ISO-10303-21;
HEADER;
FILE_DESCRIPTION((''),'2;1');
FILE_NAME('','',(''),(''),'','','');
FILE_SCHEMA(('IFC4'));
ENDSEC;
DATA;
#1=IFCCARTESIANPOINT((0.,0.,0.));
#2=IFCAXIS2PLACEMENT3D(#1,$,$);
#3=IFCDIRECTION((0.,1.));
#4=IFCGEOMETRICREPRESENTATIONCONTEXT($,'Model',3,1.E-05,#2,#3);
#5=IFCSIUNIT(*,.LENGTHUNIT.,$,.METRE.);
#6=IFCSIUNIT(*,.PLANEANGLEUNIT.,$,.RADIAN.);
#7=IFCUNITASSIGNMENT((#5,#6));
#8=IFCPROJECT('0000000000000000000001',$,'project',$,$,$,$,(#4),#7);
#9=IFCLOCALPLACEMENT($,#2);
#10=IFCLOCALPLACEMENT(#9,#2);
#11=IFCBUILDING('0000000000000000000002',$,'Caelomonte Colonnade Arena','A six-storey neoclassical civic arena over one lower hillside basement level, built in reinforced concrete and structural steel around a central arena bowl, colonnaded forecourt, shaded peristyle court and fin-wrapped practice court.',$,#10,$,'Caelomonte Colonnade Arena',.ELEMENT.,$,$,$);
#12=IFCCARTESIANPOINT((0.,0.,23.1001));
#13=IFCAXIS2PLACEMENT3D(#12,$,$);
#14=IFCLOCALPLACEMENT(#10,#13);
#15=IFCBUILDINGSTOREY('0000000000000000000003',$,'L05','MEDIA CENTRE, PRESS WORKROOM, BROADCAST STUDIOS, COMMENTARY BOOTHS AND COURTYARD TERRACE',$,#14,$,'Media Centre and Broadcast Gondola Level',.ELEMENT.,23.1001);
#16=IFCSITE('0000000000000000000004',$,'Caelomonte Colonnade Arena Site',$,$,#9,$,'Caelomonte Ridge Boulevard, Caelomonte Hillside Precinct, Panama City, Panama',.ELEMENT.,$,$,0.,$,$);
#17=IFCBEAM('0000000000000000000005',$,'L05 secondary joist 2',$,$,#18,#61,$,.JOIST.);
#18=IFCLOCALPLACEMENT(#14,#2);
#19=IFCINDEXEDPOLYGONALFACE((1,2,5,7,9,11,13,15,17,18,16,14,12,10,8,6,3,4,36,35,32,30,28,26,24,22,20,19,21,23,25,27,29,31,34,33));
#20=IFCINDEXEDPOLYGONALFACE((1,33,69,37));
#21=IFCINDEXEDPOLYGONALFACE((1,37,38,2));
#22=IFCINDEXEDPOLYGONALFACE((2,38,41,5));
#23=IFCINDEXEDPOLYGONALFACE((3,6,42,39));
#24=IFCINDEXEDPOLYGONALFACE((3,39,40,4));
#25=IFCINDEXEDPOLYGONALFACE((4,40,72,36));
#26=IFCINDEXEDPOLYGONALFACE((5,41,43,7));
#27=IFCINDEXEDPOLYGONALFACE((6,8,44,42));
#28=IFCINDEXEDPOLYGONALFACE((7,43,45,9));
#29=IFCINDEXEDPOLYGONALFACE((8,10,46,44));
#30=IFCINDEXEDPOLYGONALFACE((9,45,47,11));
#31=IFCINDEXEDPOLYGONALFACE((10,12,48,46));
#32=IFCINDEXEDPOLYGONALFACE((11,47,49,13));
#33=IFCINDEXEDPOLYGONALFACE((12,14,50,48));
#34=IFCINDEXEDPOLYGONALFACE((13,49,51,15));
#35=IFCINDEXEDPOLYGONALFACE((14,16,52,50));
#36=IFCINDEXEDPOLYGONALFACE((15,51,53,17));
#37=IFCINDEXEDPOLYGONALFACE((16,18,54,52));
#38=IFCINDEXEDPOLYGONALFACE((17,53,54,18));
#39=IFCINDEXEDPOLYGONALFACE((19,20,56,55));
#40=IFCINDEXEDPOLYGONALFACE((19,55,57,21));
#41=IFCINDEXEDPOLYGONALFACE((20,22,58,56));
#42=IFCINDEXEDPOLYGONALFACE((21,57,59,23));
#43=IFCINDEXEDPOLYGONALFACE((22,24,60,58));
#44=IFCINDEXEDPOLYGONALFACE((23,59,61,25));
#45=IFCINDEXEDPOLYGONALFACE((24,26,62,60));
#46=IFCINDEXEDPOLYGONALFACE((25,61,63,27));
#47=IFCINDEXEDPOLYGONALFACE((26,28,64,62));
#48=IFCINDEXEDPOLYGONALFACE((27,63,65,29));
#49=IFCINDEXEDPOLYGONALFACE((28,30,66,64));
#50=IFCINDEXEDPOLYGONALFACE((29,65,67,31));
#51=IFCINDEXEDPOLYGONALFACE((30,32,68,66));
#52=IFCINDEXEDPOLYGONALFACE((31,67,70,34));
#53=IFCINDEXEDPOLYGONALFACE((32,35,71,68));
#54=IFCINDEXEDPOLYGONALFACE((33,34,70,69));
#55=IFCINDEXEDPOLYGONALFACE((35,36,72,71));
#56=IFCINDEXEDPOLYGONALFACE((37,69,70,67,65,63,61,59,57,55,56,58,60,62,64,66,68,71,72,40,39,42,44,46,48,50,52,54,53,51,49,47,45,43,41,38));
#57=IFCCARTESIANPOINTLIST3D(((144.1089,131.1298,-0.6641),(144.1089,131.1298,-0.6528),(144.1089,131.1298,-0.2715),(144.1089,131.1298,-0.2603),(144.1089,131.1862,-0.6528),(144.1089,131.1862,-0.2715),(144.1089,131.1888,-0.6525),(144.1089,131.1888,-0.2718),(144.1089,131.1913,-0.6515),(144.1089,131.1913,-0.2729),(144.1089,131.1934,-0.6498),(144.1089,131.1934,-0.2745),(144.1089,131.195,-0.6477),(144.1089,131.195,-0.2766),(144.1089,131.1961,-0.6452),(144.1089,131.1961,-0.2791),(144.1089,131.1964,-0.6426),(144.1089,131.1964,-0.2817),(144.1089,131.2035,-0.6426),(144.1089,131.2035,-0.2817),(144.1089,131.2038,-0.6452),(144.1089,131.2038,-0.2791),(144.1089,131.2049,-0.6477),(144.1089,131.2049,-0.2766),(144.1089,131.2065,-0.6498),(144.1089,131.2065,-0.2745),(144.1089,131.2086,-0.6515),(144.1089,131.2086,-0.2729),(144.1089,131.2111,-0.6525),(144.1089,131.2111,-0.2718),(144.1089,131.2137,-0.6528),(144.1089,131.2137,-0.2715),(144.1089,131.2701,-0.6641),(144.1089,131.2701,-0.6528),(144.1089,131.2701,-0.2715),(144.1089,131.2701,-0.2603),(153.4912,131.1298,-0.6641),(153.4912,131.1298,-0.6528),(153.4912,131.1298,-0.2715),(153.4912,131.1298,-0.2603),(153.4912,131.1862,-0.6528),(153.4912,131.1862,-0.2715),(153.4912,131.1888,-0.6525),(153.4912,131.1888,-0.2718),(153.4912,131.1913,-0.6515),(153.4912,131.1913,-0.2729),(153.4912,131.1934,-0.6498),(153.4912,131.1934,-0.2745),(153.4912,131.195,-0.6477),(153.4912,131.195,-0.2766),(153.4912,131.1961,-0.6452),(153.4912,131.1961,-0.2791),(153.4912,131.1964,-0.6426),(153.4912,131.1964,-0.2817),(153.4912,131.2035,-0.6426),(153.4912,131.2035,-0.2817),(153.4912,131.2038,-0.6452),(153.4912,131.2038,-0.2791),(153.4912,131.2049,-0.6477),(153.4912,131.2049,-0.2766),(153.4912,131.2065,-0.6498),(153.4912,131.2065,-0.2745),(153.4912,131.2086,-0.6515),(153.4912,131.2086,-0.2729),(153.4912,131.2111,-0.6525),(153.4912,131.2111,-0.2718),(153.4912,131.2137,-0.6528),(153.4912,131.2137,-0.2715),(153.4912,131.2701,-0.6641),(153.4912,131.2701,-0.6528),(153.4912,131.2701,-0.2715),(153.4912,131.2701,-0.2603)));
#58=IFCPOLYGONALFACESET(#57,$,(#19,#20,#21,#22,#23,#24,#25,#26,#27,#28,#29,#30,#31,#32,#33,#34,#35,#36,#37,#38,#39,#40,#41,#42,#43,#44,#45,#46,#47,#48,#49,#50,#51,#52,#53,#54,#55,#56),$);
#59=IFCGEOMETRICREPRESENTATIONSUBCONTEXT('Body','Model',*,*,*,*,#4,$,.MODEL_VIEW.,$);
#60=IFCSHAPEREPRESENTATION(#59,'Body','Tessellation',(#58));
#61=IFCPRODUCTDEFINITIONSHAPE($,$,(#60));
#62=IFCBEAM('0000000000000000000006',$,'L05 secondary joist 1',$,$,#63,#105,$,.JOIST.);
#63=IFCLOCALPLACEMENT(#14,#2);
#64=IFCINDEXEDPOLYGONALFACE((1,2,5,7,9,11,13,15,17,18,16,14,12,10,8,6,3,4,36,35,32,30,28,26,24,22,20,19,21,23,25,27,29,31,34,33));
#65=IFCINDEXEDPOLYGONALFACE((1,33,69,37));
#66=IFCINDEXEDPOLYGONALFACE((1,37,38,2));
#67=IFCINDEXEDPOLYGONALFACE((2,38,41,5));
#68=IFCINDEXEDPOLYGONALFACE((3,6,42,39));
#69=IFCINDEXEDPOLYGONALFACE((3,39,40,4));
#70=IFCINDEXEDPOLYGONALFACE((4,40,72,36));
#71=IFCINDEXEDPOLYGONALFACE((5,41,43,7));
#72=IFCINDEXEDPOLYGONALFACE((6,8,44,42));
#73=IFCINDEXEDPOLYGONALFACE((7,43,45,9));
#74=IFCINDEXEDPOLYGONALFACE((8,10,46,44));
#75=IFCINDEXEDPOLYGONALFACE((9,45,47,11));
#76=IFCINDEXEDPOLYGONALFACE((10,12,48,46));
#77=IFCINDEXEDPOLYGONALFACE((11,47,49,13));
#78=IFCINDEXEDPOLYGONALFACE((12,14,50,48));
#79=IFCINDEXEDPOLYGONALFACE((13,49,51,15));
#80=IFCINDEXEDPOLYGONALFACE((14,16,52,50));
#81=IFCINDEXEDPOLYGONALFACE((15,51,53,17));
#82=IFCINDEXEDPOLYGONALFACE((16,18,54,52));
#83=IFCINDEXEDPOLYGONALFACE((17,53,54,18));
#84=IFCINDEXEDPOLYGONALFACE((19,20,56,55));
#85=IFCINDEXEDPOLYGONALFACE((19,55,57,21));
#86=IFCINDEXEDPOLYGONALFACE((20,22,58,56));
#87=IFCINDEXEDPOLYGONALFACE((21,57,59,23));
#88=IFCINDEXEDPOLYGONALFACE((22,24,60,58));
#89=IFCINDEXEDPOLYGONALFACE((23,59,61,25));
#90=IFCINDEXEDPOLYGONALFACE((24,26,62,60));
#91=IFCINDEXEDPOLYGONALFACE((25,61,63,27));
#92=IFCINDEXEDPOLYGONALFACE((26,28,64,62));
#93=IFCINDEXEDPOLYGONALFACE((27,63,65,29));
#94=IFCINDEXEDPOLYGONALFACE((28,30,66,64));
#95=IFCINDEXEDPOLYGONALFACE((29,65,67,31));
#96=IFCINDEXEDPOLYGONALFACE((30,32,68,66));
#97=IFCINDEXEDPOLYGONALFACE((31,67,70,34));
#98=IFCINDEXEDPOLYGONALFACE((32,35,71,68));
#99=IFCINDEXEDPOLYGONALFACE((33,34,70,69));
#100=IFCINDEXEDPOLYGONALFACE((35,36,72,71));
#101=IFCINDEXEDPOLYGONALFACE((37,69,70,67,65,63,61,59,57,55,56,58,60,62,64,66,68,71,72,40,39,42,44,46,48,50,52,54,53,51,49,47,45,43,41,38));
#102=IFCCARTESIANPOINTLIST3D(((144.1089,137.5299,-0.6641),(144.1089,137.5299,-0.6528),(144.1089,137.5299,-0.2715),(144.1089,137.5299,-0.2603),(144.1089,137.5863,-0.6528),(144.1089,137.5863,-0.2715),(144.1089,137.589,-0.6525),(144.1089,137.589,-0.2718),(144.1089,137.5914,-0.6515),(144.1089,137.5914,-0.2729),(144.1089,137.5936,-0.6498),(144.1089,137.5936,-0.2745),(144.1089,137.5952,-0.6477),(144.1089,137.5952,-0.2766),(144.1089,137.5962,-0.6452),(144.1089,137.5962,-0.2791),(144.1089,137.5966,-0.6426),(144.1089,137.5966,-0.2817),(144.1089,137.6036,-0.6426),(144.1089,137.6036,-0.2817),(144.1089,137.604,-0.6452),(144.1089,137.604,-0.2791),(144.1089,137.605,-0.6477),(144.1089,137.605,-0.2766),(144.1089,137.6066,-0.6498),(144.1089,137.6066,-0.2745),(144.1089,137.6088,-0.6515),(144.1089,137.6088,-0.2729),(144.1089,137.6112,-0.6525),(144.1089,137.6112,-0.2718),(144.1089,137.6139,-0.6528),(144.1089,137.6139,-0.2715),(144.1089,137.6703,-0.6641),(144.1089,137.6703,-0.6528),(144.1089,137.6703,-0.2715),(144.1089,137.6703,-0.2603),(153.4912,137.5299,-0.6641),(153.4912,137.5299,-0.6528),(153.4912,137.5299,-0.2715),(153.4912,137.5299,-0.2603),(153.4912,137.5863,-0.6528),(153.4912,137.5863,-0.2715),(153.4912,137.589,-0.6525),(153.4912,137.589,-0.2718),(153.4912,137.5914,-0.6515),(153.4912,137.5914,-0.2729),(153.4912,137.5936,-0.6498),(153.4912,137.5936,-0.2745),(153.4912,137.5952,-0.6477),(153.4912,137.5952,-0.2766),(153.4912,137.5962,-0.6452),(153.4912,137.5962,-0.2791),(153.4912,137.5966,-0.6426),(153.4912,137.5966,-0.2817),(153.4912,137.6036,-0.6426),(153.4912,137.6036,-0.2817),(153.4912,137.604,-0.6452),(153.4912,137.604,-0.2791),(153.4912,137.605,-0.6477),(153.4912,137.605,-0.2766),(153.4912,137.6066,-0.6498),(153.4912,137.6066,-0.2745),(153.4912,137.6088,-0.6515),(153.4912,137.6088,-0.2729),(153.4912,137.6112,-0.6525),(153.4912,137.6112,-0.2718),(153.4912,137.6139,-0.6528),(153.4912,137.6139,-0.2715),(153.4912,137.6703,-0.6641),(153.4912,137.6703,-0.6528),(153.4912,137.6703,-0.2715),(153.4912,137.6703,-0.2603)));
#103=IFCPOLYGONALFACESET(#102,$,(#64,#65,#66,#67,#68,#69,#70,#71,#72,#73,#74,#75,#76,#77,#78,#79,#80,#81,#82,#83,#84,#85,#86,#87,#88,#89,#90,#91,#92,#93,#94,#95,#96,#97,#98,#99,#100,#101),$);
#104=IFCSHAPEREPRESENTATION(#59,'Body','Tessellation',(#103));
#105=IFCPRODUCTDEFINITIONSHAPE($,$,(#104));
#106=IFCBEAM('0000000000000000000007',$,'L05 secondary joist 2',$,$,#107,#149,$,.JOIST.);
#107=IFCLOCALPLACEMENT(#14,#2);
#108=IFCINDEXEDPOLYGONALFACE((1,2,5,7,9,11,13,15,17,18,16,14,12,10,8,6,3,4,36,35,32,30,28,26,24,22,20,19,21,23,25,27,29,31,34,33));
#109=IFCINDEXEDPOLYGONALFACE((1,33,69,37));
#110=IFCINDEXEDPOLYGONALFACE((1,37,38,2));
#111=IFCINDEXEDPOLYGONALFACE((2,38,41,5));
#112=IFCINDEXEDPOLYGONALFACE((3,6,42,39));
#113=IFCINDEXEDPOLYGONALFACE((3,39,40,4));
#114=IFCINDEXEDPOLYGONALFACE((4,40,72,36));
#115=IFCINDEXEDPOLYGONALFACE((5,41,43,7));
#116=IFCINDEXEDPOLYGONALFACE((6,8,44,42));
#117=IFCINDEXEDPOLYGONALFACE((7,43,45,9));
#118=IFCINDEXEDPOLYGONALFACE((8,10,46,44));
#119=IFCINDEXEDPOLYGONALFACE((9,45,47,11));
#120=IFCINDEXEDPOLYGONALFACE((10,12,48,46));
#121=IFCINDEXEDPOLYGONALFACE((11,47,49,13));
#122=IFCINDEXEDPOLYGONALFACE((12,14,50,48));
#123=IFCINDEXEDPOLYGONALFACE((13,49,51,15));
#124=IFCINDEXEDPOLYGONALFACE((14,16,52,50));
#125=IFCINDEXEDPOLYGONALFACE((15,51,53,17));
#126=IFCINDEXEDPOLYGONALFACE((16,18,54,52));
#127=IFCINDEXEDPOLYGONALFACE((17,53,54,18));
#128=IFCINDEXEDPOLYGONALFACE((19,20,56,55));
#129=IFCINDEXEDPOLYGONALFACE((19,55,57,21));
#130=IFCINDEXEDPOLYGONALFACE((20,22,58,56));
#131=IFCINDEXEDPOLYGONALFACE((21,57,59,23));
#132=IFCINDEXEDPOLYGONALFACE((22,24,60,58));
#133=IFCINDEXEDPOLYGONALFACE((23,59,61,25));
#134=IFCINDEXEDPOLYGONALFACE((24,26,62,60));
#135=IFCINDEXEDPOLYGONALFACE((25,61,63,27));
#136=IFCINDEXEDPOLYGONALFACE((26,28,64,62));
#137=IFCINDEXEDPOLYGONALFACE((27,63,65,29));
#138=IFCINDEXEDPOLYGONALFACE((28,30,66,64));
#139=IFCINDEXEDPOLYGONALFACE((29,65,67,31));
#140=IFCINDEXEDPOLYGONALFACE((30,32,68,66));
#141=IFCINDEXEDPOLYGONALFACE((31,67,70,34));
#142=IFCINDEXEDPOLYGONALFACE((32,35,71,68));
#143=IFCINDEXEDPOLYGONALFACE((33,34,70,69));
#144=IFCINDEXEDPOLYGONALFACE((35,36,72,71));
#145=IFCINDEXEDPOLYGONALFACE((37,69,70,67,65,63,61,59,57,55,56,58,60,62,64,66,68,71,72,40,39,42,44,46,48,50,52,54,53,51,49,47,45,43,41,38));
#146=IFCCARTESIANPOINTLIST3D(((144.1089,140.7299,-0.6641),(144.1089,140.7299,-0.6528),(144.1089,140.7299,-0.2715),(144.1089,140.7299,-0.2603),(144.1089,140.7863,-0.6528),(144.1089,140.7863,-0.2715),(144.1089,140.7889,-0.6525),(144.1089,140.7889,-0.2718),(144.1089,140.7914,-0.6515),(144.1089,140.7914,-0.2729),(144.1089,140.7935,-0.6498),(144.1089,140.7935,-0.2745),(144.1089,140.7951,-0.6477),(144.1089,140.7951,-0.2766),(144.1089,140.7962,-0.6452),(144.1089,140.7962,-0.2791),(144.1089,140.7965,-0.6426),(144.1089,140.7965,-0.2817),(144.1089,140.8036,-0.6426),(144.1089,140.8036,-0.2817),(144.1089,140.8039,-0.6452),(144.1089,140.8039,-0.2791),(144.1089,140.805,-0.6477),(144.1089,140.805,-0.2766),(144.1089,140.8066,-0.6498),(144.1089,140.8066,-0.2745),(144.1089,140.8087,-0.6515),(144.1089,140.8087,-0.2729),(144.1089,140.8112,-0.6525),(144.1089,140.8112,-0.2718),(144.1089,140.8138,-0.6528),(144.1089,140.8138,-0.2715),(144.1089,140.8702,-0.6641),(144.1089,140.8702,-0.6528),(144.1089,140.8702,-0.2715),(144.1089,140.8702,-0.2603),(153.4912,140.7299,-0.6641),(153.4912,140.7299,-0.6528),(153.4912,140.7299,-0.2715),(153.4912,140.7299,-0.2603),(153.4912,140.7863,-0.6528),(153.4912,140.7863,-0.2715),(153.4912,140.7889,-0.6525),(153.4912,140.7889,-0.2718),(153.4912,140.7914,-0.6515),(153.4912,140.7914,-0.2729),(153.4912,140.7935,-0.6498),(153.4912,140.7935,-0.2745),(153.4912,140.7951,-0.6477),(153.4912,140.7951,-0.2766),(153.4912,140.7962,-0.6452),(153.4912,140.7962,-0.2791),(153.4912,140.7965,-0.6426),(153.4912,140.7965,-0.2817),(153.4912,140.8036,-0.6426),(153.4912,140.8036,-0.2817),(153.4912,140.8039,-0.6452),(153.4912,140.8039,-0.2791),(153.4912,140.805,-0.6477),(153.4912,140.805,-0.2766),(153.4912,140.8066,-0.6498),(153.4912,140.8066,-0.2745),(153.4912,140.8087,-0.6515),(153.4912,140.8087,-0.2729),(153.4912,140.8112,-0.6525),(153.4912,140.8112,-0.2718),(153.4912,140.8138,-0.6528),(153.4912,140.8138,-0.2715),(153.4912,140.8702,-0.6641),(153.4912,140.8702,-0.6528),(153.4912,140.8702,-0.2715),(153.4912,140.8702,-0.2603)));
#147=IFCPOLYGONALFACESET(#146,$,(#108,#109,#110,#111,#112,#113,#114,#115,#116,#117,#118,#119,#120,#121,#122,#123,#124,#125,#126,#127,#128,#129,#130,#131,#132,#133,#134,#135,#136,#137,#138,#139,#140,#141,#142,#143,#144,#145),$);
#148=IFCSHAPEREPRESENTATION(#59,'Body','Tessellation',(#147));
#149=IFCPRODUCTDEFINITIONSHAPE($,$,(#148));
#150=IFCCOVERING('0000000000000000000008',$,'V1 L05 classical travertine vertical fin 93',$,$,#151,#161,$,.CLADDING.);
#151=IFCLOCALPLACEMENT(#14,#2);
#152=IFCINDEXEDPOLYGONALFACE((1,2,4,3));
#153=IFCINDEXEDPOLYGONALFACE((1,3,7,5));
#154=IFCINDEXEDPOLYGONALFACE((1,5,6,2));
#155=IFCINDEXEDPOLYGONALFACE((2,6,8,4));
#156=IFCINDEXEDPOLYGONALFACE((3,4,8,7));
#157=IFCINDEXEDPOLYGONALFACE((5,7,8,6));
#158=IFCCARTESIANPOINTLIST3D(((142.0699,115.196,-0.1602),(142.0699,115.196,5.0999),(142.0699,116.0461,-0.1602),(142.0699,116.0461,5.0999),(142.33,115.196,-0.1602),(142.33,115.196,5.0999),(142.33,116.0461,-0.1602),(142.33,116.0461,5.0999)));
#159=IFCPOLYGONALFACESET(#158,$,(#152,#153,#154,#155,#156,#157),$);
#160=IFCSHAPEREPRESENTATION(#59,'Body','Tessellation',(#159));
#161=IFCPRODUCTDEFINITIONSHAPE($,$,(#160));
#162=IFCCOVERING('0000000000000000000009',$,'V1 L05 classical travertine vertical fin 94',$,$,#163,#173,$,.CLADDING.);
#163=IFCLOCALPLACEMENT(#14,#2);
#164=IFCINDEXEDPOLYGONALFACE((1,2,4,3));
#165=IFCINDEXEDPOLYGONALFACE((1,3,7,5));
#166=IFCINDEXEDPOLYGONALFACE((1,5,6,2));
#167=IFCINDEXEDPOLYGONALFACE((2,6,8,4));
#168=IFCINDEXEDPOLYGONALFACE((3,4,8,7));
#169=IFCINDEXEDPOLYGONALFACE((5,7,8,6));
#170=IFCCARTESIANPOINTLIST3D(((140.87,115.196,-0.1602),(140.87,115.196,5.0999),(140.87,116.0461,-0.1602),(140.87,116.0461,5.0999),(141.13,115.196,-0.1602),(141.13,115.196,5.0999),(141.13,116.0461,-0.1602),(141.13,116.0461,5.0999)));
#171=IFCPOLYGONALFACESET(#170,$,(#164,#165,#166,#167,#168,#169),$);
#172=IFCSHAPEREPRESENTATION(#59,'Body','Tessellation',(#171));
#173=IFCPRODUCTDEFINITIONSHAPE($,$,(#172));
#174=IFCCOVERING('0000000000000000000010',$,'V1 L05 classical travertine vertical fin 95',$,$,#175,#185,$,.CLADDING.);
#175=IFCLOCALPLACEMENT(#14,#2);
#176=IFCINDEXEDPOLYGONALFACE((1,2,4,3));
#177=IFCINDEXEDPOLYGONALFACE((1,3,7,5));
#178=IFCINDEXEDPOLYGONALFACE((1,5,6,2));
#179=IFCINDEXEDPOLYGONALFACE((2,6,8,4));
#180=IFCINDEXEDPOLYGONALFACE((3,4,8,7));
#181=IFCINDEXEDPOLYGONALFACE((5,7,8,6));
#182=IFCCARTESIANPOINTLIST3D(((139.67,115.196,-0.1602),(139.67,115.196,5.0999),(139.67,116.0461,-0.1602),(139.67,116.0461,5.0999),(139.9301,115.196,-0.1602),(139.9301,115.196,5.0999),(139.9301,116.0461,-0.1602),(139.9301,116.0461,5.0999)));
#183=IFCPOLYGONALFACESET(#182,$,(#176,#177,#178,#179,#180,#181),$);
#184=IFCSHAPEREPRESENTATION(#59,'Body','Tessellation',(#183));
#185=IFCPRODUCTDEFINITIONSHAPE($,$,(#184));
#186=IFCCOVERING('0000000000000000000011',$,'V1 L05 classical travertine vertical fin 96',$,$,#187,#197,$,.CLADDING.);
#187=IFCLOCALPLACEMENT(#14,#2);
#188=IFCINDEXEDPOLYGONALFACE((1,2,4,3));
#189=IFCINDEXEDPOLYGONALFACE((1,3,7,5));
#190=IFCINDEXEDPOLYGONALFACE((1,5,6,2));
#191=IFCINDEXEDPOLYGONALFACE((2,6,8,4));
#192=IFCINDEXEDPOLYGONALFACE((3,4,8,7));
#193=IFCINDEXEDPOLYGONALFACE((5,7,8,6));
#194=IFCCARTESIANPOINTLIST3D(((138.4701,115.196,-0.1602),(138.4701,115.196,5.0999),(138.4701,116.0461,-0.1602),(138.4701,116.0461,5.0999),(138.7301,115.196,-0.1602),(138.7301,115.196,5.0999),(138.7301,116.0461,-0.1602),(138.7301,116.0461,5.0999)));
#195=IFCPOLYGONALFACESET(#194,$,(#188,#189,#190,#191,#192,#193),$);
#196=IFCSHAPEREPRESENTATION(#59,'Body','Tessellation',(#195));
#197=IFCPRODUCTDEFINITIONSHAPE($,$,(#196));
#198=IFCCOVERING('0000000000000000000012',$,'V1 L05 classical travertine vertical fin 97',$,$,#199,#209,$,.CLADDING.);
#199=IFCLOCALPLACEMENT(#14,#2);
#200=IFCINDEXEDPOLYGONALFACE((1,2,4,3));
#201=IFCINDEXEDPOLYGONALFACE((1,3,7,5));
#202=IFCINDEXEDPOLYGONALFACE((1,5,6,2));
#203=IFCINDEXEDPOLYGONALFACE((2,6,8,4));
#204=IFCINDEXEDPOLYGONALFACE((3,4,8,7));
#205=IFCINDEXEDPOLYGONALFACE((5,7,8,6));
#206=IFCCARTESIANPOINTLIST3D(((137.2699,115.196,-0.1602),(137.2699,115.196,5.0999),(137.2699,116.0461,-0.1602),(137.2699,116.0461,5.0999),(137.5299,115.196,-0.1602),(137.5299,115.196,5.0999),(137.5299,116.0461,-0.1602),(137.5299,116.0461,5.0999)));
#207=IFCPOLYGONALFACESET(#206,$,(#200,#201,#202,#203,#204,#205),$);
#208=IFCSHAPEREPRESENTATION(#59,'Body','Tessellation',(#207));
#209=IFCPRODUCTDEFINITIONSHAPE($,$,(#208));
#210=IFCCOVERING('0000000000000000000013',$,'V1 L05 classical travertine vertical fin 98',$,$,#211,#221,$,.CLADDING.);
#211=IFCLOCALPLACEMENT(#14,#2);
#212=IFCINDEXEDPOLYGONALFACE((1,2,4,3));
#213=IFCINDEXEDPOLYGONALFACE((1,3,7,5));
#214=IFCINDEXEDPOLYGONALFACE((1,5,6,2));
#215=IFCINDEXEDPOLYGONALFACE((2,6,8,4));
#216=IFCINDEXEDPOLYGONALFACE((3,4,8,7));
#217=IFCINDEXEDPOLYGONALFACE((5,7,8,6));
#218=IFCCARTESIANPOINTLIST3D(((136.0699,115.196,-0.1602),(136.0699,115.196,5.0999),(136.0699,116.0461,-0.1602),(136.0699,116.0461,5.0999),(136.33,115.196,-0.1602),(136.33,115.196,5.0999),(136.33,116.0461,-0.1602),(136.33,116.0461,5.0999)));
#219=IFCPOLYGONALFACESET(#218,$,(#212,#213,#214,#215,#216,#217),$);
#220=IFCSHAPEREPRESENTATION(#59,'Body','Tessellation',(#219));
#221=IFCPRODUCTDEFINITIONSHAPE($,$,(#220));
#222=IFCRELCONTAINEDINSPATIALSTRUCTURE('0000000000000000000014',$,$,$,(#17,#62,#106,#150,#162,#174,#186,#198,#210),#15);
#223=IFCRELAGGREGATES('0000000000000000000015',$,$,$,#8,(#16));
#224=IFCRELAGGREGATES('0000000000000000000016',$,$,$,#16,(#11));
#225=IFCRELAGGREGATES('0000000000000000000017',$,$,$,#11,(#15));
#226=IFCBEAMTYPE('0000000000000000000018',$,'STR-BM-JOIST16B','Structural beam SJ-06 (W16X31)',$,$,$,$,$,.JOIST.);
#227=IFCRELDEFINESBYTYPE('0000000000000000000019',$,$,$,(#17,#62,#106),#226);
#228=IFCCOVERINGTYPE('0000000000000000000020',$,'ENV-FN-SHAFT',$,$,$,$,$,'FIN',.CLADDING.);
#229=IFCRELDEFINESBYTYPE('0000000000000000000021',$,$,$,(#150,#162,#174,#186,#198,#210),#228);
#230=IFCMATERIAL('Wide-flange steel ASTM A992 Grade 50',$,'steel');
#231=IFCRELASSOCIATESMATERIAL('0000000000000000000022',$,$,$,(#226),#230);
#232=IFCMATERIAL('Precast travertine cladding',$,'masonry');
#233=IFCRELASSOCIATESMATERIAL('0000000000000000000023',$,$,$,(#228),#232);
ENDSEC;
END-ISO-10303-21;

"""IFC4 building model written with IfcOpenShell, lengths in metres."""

from ifc_helpers import new_model, si_unit, direction, frame, origin, origin_2d, place, context, subcontext, project, spatial, rectangle, i_section, extrude, material, material_profile, profile_set, type_object, element, save


model = new_model("IFC4")

# Units and contexts
model_context = context("Model", 3, precision=1e-05, world=origin(), true_north=direction((0.0, 1.0)))
body_context = subcontext(model_context, "Body", "Model", "MODEL_VIEW")
ifc_project = project(units=[si_unit("LENGTHUNIT", "METRE"), si_unit("PLANEANGLEUNIT", "RADIAN")], contexts=[model_context])

# Site, building, storey
site_placement = place(None, origin())
site = spatial("IfcSite", under=ifc_project, at=site_placement, Name="Caelomonte Colonnade Arena Site", LongName="Caelomonte Ridge Boulevard, Caelomonte Hillside Precinct, Panama City, Panama", CompositionType="ELEMENT", RefElevation=0.0)
building_placement = place(site_placement, origin())
building = spatial("IfcBuilding", under=site, at=building_placement, Name="Caelomonte Colonnade Arena", Description="A six-storey neoclassical civic arena over one lower hillside basement level, built in reinforced concrete and structural steel around a central arena bowl, colonnaded forecourt, shaded peristyle court and fin-wrapped practice court.", LongName="Caelomonte Colonnade Arena", CompositionType="ELEMENT")
storey_placement = place(building_placement, frame((0.0, 0.0, 23.1001)))
storey = spatial("IfcBuildingStorey", under=building, at=storey_placement, Name="L05", Description="MEDIA CENTRE, PRESS WORKROOM, BROADCAST STUDIOS, COMMENTARY BOOTHS AND COURTYARD TERRACE", LongName="Media Centre and Broadcast Gondola Level", CompositionType="ELEMENT", Elevation=23.1001)

# Shared definitions
ifc_material_1 = material(Name="Wide-flange steel ASTM A992 Grade 50", Category="steel")

# Beams
ifc_material_profile_1 = material_profile(ifc_material_1, i_section(OverallWidth=0.1404, OverallDepth=0.4038, WebThickness=0.0071, FlangeThickness=0.0112, FilletRadius=0.0103, at=origin_2d()), Name="W16X31")
ifc_profile_set_1 = profile_set([ifc_material_profile_1], Name="Wide-flange steel ASTM A992 Grade 50")
beam_type_1 = type_object("IfcBeamType", Name="STR-BM-JOIST16B", Description="Structural beam SJ-06 (W16X31)", PredefinedType="JOIST", material=ifc_profile_set_1)
for number, where, z_axis, x_axis, name in (
    (1, (144.1089, 131.2, -0.4622), (1.0, 0.0, 0.0), (0.0, 1.0, 0.0), "L05 secondary joist 2"),
    (2, (144.1089, 137.6001, -0.4622), (1.0, 0.0, 0.0), (0.0, 1.0, 0.0), "L05 secondary joist 1"),
    (3, (144.1089, 140.8, -0.4622), (1.0, 0.0, 0.0), (0.0, 1.0, 0.0), "L05 secondary joist 2"),
):
    element("IfcBeam", number, at=place(storey_placement, frame(where, z_axis=z_axis, x_axis=x_axis)), inside=storey, type_object=beam_type_1, Name=name, PredefinedType="JOIST", context=body_context, shape_type="SweptSolid", body=[
        extrude(i_section(OverallWidth=0.1404, OverallDepth=0.4038, WebThickness=0.0071, FlangeThickness=0.0112, FilletRadius=0.0103, at=origin_2d()), origin(), (0.0, 0.0, 1.0), 9.3823),
    ])

# Coverings
ifc_material_2 = material(Name="Precast travertine cladding", Category="masonry")
ifc_material_profile_2 = material_profile(ifc_material_2, rectangle(XDim=0.26, YDim=0.8501, at=origin_2d()), Name="FIN260X850")
ifc_profile_set_2 = profile_set([ifc_material_profile_2], Name="Precast travertine cladding")
covering_type = type_object("IfcCoveringType", Name="ENV-FN-SHAFT", ElementType="FIN", PredefinedType="CLADDING", material=ifc_profile_set_2)
for number, where, z_axis, x_axis, name in (
    (4, (142.2, 115.6211, -0.1602), (0.0, 0.0, 1.0), (1.0, 0.0, 0.0), "V1 L05 classical travertine vertical fin 93"),
    (5, (141.0, 115.6211, -0.1602), (0.0, 0.0, 1.0), (1.0, 0.0, 0.0), "V1 L05 classical travertine vertical fin 94"),
    (6, (139.8, 115.6211, -0.1602), (0.0, 0.0, 1.0), (1.0, 0.0, 0.0), "V1 L05 classical travertine vertical fin 95"),
    (7, (138.6001, 115.6211, -0.1602), (0.0, 0.0, 1.0), (1.0, 0.0, 0.0), "V1 L05 classical travertine vertical fin 96"),
    (8, (137.3999, 115.6211, -0.1602), (0.0, 0.0, 1.0), (1.0, 0.0, 0.0), "V1 L05 classical travertine vertical fin 97"),
    (9, (136.2, 115.6211, -0.1602), (0.0, 0.0, 1.0), (1.0, 0.0, 0.0), "V1 L05 classical travertine vertical fin 98"),
):
    element("IfcCovering", number, at=place(storey_placement, frame(where, z_axis=z_axis, x_axis=x_axis)), inside=storey, type_object=covering_type, Name=name, PredefinedType="CLADDING", context=body_context, shape_type="SweptSolid", body=[
        extrude(rectangle(XDim=0.26, YDim=0.8501, at=origin_2d()), origin(), (0.0, 0.0, 1.0), 5.26),
    ])

save(model, "model.ifc")
